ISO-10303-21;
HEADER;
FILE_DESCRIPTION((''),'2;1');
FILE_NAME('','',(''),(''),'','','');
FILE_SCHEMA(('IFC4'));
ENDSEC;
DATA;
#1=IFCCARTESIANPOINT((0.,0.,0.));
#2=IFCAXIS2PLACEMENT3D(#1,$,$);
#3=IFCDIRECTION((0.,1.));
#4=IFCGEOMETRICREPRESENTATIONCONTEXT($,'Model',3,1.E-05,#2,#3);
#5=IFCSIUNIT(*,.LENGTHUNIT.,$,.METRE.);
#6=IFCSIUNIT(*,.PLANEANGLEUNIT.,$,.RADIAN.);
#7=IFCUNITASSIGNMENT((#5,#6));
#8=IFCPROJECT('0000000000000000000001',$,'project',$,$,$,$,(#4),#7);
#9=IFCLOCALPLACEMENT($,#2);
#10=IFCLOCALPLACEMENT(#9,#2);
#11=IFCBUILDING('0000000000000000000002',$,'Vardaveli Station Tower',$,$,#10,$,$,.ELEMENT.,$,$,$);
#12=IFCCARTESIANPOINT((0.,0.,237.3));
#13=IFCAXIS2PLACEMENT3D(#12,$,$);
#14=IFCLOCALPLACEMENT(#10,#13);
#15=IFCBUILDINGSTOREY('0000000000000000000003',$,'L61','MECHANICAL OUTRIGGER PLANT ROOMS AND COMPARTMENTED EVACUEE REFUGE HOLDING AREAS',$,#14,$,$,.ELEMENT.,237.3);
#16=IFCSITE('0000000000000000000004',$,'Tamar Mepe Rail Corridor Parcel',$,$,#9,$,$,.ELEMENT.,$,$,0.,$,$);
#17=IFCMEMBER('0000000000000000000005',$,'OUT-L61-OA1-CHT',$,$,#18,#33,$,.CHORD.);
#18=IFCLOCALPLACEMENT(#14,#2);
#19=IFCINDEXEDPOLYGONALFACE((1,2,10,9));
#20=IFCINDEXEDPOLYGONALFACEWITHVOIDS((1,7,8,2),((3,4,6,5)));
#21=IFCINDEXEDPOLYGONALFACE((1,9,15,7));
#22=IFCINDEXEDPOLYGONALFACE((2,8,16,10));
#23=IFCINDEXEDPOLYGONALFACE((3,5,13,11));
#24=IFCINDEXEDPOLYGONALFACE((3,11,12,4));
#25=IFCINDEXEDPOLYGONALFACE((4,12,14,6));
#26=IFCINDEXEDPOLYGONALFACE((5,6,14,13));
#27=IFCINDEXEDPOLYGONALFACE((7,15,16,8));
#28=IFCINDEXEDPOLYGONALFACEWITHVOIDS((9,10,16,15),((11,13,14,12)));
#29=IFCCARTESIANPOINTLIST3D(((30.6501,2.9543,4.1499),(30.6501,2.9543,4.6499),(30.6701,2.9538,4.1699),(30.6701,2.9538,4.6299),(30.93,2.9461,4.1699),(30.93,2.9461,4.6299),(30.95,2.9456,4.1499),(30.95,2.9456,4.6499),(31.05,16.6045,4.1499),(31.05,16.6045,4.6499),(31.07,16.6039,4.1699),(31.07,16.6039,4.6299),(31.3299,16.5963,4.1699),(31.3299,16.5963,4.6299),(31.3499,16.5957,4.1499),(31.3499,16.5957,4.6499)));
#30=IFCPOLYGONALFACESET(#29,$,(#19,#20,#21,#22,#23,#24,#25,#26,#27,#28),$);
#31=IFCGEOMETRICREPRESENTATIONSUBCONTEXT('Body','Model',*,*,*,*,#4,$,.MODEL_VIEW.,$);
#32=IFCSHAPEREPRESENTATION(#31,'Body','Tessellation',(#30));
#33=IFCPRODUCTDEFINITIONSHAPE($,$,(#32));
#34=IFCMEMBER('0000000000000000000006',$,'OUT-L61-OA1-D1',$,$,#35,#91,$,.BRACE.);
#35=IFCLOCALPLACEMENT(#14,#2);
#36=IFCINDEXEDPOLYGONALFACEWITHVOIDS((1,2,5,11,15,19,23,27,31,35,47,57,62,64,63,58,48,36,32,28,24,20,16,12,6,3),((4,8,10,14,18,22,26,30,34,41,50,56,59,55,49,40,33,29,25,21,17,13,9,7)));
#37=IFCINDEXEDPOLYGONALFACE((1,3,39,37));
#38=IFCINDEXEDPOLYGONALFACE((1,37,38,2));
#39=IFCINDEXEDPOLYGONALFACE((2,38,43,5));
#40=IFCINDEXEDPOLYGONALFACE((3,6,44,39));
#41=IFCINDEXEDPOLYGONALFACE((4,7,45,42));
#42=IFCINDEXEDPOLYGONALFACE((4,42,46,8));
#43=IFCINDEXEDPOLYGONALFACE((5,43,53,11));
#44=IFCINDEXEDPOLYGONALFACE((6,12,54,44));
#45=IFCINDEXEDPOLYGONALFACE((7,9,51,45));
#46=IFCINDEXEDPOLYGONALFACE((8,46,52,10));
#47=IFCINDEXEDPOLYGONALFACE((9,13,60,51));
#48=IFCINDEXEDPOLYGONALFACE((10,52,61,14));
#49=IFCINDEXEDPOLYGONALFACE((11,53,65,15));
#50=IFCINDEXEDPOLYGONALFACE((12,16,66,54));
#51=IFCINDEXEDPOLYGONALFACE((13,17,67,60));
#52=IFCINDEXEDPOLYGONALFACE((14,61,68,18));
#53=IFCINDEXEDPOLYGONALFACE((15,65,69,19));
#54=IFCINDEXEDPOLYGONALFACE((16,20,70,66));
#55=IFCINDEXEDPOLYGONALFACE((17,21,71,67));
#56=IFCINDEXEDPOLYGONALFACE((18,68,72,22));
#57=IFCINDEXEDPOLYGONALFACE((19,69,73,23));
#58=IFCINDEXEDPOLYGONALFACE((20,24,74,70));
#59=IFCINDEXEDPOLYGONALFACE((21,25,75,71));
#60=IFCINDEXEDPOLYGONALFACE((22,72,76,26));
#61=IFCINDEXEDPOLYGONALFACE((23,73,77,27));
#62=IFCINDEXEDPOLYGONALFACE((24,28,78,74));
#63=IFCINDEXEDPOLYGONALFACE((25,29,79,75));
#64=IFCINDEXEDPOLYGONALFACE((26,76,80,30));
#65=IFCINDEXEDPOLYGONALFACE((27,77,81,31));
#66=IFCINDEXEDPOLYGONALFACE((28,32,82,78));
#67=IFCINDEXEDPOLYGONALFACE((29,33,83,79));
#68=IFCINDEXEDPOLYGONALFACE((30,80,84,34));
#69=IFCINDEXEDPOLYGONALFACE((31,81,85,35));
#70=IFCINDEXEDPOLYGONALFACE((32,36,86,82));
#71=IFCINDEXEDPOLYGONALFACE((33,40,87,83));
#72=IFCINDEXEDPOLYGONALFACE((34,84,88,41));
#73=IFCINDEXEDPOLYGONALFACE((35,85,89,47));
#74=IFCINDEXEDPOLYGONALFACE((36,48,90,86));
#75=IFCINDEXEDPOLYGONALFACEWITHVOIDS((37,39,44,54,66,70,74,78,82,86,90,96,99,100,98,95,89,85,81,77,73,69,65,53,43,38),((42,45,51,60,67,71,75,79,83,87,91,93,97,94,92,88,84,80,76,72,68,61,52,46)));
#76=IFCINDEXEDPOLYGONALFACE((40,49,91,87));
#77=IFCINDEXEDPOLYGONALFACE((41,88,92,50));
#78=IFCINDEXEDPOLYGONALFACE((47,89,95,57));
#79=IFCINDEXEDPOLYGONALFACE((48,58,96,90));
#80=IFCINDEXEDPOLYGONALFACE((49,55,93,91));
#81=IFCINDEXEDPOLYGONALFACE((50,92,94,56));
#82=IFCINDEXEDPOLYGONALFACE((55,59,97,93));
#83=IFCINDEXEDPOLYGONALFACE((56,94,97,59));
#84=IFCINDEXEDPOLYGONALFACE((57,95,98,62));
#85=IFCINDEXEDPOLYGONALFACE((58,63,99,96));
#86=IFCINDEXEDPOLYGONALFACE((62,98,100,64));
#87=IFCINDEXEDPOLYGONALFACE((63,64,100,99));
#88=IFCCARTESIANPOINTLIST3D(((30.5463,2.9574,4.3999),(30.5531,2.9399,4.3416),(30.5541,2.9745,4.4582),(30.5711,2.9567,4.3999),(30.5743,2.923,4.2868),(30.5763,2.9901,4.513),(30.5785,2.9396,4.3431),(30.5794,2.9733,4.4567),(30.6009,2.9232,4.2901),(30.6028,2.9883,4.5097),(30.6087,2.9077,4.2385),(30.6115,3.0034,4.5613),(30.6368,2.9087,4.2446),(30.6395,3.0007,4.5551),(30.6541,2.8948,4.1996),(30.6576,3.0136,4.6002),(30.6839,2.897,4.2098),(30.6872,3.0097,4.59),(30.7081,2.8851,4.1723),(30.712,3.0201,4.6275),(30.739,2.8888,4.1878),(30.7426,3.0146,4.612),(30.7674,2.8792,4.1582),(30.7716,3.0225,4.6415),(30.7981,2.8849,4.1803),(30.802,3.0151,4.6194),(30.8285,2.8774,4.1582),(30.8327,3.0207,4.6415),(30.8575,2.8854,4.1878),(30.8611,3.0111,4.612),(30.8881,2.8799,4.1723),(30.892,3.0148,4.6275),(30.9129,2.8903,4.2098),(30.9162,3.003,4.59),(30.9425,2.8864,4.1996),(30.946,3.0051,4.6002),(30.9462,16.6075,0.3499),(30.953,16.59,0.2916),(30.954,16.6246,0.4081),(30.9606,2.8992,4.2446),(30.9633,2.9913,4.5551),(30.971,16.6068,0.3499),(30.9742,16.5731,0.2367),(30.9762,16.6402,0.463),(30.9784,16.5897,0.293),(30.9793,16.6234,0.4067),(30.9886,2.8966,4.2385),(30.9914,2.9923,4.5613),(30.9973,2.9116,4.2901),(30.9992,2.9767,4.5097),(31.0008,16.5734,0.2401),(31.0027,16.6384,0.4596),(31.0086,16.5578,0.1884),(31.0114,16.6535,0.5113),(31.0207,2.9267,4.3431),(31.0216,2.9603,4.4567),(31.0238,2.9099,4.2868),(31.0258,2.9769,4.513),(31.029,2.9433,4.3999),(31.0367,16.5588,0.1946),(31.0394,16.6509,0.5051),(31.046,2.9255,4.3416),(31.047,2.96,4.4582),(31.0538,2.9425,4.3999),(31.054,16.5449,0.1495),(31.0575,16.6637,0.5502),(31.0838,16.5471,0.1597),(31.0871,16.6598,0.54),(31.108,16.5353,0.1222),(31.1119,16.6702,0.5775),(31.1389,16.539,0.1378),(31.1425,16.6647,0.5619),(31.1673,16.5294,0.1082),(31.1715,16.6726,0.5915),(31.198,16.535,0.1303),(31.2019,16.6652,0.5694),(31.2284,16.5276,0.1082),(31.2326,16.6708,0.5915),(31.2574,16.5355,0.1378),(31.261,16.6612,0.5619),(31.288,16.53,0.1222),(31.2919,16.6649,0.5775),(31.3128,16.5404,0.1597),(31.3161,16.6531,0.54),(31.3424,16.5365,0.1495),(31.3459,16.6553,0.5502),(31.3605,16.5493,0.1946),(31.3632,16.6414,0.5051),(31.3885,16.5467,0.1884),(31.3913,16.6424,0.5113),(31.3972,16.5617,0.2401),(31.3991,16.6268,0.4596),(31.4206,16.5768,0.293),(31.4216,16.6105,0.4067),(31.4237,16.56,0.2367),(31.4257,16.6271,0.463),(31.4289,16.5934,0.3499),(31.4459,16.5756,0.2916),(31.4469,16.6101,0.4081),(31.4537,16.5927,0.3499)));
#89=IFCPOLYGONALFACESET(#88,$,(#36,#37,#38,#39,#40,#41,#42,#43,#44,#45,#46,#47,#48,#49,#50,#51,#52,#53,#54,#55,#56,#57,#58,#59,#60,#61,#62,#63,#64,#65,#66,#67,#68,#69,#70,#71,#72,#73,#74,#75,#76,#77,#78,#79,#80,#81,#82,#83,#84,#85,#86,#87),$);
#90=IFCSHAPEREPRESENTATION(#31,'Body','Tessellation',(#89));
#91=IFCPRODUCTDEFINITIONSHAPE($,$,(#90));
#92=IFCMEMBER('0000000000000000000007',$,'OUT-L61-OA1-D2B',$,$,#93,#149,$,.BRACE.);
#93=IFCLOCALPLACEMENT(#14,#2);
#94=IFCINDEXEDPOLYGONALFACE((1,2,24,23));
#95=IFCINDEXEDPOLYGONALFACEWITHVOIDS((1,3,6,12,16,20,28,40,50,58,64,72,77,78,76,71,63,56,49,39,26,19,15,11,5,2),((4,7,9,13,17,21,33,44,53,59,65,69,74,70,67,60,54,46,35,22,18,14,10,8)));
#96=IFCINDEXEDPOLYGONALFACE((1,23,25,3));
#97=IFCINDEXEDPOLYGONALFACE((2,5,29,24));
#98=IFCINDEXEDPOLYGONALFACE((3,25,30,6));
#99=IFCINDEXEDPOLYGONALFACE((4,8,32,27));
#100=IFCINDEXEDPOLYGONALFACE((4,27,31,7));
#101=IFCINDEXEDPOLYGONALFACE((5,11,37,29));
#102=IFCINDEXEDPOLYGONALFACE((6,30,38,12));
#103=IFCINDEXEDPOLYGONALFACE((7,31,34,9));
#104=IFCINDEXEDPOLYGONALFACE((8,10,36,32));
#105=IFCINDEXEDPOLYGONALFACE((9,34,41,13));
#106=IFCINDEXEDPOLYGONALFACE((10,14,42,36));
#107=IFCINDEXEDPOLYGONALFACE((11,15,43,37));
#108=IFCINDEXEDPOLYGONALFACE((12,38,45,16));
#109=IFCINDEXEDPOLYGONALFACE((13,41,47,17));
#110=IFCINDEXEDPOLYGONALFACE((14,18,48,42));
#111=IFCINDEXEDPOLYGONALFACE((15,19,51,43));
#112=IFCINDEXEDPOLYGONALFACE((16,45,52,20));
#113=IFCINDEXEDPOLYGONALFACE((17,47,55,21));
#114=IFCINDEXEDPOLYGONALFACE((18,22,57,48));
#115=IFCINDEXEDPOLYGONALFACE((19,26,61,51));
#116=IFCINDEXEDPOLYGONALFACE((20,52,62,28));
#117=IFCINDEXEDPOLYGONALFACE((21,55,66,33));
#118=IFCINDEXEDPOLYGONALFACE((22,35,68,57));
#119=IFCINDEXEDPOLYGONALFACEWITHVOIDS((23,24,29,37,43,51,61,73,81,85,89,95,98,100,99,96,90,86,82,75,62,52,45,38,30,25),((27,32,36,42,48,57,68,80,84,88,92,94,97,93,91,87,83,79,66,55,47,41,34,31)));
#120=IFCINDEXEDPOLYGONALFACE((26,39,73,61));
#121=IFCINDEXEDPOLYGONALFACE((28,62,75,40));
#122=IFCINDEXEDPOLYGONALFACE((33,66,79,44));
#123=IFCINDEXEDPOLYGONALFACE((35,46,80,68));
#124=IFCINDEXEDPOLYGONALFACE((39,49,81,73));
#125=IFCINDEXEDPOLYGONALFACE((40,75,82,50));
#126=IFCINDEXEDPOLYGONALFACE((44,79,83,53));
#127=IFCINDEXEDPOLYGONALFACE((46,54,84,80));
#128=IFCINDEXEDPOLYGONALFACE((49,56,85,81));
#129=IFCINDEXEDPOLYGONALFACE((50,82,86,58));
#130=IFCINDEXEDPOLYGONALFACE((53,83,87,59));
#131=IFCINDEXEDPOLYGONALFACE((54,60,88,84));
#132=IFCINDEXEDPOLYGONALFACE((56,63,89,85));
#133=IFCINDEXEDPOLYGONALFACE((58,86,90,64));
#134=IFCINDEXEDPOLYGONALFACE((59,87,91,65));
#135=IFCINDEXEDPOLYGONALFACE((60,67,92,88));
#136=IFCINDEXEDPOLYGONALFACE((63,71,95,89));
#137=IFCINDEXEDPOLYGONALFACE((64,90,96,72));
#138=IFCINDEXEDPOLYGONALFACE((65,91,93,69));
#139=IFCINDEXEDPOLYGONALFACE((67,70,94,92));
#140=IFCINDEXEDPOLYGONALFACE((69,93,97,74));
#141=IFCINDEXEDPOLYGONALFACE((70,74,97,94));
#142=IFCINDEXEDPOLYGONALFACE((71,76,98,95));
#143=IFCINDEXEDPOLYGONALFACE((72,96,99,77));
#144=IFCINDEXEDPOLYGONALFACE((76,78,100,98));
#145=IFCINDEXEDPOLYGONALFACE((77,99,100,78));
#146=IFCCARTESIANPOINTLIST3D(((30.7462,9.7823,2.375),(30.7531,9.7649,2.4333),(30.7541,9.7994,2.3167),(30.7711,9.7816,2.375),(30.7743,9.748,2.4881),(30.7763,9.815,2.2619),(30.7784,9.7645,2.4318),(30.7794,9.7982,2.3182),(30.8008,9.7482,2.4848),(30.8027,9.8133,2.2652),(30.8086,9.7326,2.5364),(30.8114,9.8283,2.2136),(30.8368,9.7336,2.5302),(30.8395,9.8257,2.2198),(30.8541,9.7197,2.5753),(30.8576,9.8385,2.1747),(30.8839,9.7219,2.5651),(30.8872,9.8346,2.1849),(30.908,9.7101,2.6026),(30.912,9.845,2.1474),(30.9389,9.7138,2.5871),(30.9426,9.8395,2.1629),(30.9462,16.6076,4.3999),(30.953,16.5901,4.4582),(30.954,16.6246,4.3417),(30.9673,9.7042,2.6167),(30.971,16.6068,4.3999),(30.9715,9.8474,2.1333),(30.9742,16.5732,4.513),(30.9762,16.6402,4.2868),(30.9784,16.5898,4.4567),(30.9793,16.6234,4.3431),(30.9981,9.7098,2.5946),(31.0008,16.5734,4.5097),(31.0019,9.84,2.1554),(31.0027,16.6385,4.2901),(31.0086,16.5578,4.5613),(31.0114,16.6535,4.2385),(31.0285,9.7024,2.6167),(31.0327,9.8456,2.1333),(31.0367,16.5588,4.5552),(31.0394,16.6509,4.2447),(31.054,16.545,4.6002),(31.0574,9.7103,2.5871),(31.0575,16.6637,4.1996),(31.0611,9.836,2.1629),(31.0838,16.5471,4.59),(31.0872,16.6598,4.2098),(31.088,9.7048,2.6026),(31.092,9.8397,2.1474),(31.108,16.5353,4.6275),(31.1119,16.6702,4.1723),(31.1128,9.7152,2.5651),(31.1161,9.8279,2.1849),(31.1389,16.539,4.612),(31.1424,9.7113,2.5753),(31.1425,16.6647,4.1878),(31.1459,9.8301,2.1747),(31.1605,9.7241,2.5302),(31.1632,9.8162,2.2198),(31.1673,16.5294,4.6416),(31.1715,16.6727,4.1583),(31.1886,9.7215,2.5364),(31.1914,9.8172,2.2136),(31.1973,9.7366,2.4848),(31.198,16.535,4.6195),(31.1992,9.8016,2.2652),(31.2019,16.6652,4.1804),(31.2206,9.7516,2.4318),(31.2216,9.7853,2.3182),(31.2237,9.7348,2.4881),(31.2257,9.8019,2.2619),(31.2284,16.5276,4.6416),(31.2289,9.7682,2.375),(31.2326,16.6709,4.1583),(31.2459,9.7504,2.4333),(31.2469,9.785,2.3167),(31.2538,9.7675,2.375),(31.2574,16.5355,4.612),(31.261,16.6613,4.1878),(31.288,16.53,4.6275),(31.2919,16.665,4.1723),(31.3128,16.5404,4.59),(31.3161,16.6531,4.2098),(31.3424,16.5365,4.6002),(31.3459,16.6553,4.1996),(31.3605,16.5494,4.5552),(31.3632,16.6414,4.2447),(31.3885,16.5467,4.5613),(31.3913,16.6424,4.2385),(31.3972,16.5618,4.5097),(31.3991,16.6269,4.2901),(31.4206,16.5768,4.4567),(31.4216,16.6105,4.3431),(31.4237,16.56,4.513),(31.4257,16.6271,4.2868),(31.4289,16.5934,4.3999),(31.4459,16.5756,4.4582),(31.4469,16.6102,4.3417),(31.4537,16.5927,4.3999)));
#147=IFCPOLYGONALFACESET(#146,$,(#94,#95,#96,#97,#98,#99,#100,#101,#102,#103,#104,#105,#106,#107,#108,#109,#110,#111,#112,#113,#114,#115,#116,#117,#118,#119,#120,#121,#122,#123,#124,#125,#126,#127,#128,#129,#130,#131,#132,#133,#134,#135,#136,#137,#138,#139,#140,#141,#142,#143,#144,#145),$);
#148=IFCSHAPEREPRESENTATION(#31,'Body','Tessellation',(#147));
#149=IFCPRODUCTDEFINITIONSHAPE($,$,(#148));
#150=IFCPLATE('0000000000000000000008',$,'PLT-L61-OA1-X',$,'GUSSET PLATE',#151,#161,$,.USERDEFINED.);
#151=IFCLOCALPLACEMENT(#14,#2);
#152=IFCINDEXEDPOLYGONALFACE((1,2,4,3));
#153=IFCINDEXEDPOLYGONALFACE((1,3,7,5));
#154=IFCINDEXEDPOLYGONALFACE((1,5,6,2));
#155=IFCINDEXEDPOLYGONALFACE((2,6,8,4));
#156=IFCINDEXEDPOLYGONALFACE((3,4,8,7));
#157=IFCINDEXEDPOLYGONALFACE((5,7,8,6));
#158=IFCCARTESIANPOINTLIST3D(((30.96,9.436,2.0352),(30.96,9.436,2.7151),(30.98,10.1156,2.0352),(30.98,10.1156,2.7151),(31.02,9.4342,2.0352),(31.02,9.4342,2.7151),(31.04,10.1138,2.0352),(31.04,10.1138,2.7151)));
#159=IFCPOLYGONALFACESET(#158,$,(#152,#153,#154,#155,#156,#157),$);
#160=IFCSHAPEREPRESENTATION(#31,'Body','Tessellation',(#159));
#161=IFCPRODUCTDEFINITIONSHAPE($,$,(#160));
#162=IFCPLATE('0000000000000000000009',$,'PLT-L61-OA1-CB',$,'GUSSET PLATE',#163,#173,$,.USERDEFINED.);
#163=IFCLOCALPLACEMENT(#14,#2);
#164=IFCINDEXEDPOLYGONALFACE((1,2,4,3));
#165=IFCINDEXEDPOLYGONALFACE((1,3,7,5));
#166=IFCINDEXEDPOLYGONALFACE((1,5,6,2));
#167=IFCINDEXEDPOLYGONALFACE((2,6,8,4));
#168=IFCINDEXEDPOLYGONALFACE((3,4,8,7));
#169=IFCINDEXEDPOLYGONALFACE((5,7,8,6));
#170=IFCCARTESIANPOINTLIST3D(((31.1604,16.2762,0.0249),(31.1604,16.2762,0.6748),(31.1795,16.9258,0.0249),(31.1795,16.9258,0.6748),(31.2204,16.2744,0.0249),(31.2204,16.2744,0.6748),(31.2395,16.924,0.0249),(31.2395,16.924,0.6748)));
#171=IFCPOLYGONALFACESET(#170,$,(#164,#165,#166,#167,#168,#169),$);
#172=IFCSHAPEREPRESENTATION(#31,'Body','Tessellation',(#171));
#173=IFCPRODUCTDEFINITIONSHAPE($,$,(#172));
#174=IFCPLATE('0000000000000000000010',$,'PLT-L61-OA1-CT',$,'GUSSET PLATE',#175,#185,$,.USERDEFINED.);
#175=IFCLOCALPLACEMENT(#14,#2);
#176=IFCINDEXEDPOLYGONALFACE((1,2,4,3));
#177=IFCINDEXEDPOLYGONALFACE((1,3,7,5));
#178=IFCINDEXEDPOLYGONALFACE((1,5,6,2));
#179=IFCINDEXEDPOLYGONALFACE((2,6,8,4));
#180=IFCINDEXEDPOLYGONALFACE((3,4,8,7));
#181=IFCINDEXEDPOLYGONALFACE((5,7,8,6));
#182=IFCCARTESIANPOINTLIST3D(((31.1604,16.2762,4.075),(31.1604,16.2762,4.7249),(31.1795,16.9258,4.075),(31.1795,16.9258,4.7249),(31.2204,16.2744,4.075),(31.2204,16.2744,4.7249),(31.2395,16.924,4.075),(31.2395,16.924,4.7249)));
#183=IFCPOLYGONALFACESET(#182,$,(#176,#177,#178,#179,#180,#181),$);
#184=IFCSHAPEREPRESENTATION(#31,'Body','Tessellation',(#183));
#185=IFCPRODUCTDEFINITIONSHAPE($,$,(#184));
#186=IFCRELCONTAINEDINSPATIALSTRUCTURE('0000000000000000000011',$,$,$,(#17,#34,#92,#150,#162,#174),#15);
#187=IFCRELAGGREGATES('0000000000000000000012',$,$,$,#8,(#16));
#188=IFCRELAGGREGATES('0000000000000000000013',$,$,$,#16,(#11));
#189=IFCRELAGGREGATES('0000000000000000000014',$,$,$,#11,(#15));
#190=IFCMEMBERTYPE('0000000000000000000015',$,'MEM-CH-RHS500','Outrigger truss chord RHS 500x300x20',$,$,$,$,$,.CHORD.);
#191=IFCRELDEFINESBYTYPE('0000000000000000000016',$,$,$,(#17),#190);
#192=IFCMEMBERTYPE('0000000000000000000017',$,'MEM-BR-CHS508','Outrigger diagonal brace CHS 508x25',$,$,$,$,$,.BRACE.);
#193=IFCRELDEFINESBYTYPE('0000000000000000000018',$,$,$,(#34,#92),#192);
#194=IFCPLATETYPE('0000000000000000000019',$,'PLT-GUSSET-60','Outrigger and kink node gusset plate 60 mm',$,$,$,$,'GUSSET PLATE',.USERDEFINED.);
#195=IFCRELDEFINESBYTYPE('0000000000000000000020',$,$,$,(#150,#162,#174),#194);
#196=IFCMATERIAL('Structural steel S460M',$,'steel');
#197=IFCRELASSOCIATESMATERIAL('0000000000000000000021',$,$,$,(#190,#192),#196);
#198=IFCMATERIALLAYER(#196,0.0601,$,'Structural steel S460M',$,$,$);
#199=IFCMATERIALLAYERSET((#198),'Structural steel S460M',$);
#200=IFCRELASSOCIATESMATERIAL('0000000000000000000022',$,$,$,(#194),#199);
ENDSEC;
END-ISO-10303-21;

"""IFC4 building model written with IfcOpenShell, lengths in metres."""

from ifc_helpers import new_model, si_unit, direction, frame, origin, origin_2d, place, context, subcontext, project, spatial, rectangle, hollow_rectangle, hollow_circle, extrude, source, transform, mapped, material, layer, layer_set, material_profile, profile_set, type_object, element, save


model = new_model("IFC4")

# Units and contexts
model_context = context("Model", 3, precision=1e-05, world=origin(), true_north=direction((0.0, 1.0)))
body_context = subcontext(model_context, "Body", "Model", "MODEL_VIEW")
ifc_project = project(units=[si_unit("LENGTHUNIT", "METRE"), si_unit("PLANEANGLEUNIT", "RADIAN")], contexts=[model_context])

# Site, building, storey
site_placement = place(None, origin())
site = spatial("IfcSite", under=ifc_project, at=site_placement, Name="Tamar Mepe Rail Corridor Parcel", CompositionType="ELEMENT", RefElevation=0.0)
building_placement = place(site_placement, origin())
building = spatial("IfcBuilding", under=site, at=building_placement, Name="Vardaveli Station Tower", CompositionType="ELEMENT")
storey_placement = place(building_placement, frame((0.0, 0.0, 237.3)))
storey = spatial("IfcBuildingStorey", under=building, at=storey_placement, Name="L61", Description="MECHANICAL OUTRIGGER PLANT ROOMS AND COMPARTMENTED EVACUEE REFUGE HOLDING AREAS", CompositionType="ELEMENT", Elevation=237.3)

# Shared definitions
ifc_material_1 = material(Name="Structural steel S460M", Category="steel")

# Members
ifc_material_profile_1 = material_profile(ifc_material_1, hollow_rectangle(XDim=0.3, YDim=0.5, WallThickness=0.02, at=origin_2d()), Name="RHS 500x300x20")
ifc_profile_set_1 = profile_set([ifc_material_profile_1], Name="Structural steel S460M")
member_type_1 = type_object("IfcMemberType", Name="MEM-CH-RHS500", Description="Outrigger truss chord RHS 500x300x20", PredefinedType="CHORD", material=ifc_profile_set_1)
shared_shape_1 = source(origin(), body_context, "Body", "SweptSolid", [
    extrude(hollow_rectangle(XDim=0.3, YDim=0.5, WallThickness=0.02, at=origin_2d()), origin(), (0.0, 0.0, 1.0), 13.656),
])
for number, where, z_axis, x_axis, name in (
    (1, (31.2, 16.6001, 4.3999), (-0.029284, -0.999571, 0.0), (0.999571, -0.029284, 0.0), "OUT-L61-OA1-CHT"),
):
    element("IfcMember", number, at=place(storey_placement, frame(where, z_axis=z_axis, x_axis=x_axis)), inside=storey, type_object=member_type_1, Name=name, PredefinedType="CHORD", context=body_context, shape_type="MappedRepresentation", body=[
        mapped(shared_shape_1, transform((0.0, 0.0, 0.0), scale=1.0)),
    ])
ifc_material_profile_2 = material_profile(ifc_material_1, hollow_circle(Radius=0.2539, WallThickness=0.0249, at=origin_2d()), Name="CHS 508x25")
ifc_profile_set_2 = profile_set([ifc_material_profile_2], Name="Structural steel S460M")
member_type_2 = type_object("IfcMemberType", Name="MEM-BR-CHS508", Description="Outrigger diagonal brace CHS 508x25", PredefinedType="BRACE", material=ifc_profile_set_2)
shared_shape_2 = source(origin(), body_context, "Body", "SweptSolid", [
    extrude(hollow_circle(Radius=0.2539, WallThickness=0.0249, at=origin_2d()), origin(), (0.0, 0.0, 1.0), 14.2439),
])
member_1_placement = place(storey_placement, frame((31.2, 16.6001, 0.3499), z_axis=(-0.028075, -0.958314, 0.284335), x_axis=(0.999571, -0.029284, 0.0)))
element("IfcMember", 2, at=member_1_placement, inside=storey, type_object=member_type_2, Name="OUT-L61-OA1-D1", PredefinedType="BRACE", context=body_context, shape_type="MappedRepresentation", body=[
    mapped(shared_shape_2, transform((0.0, 0.0, 0.0), scale=1.0)),
])
shared_shape_3 = source(origin(), body_context, "Body", "SweptSolid", [
    extrude(hollow_circle(Radius=0.2539, WallThickness=0.0249, at=origin_2d()), origin(), (0.0, 0.0, 1.0), 7.1221),
])
member_2_placement = place(storey_placement, frame((31.0, 9.7749, 2.375), z_axis=(0.028075, 0.95832, 0.284315), x_axis=(-0.999571, 0.029283, 0.0)))
element("IfcMember", 3, at=member_2_placement, inside=storey, type_object=member_type_2, Name="OUT-L61-OA1-D2B", PredefinedType="BRACE", context=body_context, shape_type="MappedRepresentation", body=[
    mapped(shared_shape_3, transform((0.0, 0.0, 0.0), scale=1.0)),
])

# Plates
ifc_layer_1 = layer(ifc_material_1, 0.0601, Name="Structural steel S460M")
ifc_layer_set_1 = layer_set([ifc_layer_1], Name="Structural steel S460M")
plate_type = type_object("IfcPlateType", Name="PLT-GUSSET-60", Description="Outrigger and kink node gusset plate 60 mm", ElementType="GUSSET PLATE", PredefinedType="USERDEFINED", material=ifc_layer_set_1)
shared_shape_4 = source(origin(), body_context, "Body", "SweptSolid", [
    extrude(rectangle(XDim=0.6799, YDim=0.0601, at=origin_2d()), origin(), (0.0, 0.0, 1.0), 0.6799),
])
plate_placement = place(storey_placement, frame((31.0, 9.7749, 2.0352), z_axis=(0.0, 0.0, 1.0), x_axis=(-0.029317, -0.99957, 0.0)))
element("IfcPlate", 4, at=plate_placement, inside=storey, type_object=plate_type, Name="PLT-L61-OA1-X", ObjectType="GUSSET PLATE", PredefinedType="USERDEFINED", context=body_context, shape_type="MappedRepresentation", body=[
    mapped(shared_shape_4, transform((0.0, 0.0, 0.0), scale=1.0)),
])
shared_shape_5 = source(origin(), body_context, "Body", "SweptSolid", [
    extrude(rectangle(XDim=0.6499, YDim=0.0601, at=origin_2d()), origin(), (0.0, 0.0, 1.0), 0.6499),
])
for number, where, z_axis, x_axis, name in (
    (5, (31.2, 16.6001, 0.0249), (0.0, 0.0, 1.0), (-0.029317, -0.99957, 0.0), "PLT-L61-OA1-CB"),
    (6, (31.2, 16.6001, 4.075), (0.0, 0.0, 1.0), (-0.029317, -0.99957, 0.0), "PLT-L61-OA1-CT"),
):
    element("IfcPlate", number, at=place(storey_placement, frame(where, z_axis=z_axis, x_axis=x_axis)), inside=storey, type_object=plate_type, Name=name, ObjectType="GUSSET PLATE", PredefinedType="USERDEFINED", context=body_context, shape_type="MappedRepresentation", body=[
        mapped(shared_shape_5, transform((0.0, 0.0, 0.0), scale=1.0)),
    ])

save(model, "model.ifc")
